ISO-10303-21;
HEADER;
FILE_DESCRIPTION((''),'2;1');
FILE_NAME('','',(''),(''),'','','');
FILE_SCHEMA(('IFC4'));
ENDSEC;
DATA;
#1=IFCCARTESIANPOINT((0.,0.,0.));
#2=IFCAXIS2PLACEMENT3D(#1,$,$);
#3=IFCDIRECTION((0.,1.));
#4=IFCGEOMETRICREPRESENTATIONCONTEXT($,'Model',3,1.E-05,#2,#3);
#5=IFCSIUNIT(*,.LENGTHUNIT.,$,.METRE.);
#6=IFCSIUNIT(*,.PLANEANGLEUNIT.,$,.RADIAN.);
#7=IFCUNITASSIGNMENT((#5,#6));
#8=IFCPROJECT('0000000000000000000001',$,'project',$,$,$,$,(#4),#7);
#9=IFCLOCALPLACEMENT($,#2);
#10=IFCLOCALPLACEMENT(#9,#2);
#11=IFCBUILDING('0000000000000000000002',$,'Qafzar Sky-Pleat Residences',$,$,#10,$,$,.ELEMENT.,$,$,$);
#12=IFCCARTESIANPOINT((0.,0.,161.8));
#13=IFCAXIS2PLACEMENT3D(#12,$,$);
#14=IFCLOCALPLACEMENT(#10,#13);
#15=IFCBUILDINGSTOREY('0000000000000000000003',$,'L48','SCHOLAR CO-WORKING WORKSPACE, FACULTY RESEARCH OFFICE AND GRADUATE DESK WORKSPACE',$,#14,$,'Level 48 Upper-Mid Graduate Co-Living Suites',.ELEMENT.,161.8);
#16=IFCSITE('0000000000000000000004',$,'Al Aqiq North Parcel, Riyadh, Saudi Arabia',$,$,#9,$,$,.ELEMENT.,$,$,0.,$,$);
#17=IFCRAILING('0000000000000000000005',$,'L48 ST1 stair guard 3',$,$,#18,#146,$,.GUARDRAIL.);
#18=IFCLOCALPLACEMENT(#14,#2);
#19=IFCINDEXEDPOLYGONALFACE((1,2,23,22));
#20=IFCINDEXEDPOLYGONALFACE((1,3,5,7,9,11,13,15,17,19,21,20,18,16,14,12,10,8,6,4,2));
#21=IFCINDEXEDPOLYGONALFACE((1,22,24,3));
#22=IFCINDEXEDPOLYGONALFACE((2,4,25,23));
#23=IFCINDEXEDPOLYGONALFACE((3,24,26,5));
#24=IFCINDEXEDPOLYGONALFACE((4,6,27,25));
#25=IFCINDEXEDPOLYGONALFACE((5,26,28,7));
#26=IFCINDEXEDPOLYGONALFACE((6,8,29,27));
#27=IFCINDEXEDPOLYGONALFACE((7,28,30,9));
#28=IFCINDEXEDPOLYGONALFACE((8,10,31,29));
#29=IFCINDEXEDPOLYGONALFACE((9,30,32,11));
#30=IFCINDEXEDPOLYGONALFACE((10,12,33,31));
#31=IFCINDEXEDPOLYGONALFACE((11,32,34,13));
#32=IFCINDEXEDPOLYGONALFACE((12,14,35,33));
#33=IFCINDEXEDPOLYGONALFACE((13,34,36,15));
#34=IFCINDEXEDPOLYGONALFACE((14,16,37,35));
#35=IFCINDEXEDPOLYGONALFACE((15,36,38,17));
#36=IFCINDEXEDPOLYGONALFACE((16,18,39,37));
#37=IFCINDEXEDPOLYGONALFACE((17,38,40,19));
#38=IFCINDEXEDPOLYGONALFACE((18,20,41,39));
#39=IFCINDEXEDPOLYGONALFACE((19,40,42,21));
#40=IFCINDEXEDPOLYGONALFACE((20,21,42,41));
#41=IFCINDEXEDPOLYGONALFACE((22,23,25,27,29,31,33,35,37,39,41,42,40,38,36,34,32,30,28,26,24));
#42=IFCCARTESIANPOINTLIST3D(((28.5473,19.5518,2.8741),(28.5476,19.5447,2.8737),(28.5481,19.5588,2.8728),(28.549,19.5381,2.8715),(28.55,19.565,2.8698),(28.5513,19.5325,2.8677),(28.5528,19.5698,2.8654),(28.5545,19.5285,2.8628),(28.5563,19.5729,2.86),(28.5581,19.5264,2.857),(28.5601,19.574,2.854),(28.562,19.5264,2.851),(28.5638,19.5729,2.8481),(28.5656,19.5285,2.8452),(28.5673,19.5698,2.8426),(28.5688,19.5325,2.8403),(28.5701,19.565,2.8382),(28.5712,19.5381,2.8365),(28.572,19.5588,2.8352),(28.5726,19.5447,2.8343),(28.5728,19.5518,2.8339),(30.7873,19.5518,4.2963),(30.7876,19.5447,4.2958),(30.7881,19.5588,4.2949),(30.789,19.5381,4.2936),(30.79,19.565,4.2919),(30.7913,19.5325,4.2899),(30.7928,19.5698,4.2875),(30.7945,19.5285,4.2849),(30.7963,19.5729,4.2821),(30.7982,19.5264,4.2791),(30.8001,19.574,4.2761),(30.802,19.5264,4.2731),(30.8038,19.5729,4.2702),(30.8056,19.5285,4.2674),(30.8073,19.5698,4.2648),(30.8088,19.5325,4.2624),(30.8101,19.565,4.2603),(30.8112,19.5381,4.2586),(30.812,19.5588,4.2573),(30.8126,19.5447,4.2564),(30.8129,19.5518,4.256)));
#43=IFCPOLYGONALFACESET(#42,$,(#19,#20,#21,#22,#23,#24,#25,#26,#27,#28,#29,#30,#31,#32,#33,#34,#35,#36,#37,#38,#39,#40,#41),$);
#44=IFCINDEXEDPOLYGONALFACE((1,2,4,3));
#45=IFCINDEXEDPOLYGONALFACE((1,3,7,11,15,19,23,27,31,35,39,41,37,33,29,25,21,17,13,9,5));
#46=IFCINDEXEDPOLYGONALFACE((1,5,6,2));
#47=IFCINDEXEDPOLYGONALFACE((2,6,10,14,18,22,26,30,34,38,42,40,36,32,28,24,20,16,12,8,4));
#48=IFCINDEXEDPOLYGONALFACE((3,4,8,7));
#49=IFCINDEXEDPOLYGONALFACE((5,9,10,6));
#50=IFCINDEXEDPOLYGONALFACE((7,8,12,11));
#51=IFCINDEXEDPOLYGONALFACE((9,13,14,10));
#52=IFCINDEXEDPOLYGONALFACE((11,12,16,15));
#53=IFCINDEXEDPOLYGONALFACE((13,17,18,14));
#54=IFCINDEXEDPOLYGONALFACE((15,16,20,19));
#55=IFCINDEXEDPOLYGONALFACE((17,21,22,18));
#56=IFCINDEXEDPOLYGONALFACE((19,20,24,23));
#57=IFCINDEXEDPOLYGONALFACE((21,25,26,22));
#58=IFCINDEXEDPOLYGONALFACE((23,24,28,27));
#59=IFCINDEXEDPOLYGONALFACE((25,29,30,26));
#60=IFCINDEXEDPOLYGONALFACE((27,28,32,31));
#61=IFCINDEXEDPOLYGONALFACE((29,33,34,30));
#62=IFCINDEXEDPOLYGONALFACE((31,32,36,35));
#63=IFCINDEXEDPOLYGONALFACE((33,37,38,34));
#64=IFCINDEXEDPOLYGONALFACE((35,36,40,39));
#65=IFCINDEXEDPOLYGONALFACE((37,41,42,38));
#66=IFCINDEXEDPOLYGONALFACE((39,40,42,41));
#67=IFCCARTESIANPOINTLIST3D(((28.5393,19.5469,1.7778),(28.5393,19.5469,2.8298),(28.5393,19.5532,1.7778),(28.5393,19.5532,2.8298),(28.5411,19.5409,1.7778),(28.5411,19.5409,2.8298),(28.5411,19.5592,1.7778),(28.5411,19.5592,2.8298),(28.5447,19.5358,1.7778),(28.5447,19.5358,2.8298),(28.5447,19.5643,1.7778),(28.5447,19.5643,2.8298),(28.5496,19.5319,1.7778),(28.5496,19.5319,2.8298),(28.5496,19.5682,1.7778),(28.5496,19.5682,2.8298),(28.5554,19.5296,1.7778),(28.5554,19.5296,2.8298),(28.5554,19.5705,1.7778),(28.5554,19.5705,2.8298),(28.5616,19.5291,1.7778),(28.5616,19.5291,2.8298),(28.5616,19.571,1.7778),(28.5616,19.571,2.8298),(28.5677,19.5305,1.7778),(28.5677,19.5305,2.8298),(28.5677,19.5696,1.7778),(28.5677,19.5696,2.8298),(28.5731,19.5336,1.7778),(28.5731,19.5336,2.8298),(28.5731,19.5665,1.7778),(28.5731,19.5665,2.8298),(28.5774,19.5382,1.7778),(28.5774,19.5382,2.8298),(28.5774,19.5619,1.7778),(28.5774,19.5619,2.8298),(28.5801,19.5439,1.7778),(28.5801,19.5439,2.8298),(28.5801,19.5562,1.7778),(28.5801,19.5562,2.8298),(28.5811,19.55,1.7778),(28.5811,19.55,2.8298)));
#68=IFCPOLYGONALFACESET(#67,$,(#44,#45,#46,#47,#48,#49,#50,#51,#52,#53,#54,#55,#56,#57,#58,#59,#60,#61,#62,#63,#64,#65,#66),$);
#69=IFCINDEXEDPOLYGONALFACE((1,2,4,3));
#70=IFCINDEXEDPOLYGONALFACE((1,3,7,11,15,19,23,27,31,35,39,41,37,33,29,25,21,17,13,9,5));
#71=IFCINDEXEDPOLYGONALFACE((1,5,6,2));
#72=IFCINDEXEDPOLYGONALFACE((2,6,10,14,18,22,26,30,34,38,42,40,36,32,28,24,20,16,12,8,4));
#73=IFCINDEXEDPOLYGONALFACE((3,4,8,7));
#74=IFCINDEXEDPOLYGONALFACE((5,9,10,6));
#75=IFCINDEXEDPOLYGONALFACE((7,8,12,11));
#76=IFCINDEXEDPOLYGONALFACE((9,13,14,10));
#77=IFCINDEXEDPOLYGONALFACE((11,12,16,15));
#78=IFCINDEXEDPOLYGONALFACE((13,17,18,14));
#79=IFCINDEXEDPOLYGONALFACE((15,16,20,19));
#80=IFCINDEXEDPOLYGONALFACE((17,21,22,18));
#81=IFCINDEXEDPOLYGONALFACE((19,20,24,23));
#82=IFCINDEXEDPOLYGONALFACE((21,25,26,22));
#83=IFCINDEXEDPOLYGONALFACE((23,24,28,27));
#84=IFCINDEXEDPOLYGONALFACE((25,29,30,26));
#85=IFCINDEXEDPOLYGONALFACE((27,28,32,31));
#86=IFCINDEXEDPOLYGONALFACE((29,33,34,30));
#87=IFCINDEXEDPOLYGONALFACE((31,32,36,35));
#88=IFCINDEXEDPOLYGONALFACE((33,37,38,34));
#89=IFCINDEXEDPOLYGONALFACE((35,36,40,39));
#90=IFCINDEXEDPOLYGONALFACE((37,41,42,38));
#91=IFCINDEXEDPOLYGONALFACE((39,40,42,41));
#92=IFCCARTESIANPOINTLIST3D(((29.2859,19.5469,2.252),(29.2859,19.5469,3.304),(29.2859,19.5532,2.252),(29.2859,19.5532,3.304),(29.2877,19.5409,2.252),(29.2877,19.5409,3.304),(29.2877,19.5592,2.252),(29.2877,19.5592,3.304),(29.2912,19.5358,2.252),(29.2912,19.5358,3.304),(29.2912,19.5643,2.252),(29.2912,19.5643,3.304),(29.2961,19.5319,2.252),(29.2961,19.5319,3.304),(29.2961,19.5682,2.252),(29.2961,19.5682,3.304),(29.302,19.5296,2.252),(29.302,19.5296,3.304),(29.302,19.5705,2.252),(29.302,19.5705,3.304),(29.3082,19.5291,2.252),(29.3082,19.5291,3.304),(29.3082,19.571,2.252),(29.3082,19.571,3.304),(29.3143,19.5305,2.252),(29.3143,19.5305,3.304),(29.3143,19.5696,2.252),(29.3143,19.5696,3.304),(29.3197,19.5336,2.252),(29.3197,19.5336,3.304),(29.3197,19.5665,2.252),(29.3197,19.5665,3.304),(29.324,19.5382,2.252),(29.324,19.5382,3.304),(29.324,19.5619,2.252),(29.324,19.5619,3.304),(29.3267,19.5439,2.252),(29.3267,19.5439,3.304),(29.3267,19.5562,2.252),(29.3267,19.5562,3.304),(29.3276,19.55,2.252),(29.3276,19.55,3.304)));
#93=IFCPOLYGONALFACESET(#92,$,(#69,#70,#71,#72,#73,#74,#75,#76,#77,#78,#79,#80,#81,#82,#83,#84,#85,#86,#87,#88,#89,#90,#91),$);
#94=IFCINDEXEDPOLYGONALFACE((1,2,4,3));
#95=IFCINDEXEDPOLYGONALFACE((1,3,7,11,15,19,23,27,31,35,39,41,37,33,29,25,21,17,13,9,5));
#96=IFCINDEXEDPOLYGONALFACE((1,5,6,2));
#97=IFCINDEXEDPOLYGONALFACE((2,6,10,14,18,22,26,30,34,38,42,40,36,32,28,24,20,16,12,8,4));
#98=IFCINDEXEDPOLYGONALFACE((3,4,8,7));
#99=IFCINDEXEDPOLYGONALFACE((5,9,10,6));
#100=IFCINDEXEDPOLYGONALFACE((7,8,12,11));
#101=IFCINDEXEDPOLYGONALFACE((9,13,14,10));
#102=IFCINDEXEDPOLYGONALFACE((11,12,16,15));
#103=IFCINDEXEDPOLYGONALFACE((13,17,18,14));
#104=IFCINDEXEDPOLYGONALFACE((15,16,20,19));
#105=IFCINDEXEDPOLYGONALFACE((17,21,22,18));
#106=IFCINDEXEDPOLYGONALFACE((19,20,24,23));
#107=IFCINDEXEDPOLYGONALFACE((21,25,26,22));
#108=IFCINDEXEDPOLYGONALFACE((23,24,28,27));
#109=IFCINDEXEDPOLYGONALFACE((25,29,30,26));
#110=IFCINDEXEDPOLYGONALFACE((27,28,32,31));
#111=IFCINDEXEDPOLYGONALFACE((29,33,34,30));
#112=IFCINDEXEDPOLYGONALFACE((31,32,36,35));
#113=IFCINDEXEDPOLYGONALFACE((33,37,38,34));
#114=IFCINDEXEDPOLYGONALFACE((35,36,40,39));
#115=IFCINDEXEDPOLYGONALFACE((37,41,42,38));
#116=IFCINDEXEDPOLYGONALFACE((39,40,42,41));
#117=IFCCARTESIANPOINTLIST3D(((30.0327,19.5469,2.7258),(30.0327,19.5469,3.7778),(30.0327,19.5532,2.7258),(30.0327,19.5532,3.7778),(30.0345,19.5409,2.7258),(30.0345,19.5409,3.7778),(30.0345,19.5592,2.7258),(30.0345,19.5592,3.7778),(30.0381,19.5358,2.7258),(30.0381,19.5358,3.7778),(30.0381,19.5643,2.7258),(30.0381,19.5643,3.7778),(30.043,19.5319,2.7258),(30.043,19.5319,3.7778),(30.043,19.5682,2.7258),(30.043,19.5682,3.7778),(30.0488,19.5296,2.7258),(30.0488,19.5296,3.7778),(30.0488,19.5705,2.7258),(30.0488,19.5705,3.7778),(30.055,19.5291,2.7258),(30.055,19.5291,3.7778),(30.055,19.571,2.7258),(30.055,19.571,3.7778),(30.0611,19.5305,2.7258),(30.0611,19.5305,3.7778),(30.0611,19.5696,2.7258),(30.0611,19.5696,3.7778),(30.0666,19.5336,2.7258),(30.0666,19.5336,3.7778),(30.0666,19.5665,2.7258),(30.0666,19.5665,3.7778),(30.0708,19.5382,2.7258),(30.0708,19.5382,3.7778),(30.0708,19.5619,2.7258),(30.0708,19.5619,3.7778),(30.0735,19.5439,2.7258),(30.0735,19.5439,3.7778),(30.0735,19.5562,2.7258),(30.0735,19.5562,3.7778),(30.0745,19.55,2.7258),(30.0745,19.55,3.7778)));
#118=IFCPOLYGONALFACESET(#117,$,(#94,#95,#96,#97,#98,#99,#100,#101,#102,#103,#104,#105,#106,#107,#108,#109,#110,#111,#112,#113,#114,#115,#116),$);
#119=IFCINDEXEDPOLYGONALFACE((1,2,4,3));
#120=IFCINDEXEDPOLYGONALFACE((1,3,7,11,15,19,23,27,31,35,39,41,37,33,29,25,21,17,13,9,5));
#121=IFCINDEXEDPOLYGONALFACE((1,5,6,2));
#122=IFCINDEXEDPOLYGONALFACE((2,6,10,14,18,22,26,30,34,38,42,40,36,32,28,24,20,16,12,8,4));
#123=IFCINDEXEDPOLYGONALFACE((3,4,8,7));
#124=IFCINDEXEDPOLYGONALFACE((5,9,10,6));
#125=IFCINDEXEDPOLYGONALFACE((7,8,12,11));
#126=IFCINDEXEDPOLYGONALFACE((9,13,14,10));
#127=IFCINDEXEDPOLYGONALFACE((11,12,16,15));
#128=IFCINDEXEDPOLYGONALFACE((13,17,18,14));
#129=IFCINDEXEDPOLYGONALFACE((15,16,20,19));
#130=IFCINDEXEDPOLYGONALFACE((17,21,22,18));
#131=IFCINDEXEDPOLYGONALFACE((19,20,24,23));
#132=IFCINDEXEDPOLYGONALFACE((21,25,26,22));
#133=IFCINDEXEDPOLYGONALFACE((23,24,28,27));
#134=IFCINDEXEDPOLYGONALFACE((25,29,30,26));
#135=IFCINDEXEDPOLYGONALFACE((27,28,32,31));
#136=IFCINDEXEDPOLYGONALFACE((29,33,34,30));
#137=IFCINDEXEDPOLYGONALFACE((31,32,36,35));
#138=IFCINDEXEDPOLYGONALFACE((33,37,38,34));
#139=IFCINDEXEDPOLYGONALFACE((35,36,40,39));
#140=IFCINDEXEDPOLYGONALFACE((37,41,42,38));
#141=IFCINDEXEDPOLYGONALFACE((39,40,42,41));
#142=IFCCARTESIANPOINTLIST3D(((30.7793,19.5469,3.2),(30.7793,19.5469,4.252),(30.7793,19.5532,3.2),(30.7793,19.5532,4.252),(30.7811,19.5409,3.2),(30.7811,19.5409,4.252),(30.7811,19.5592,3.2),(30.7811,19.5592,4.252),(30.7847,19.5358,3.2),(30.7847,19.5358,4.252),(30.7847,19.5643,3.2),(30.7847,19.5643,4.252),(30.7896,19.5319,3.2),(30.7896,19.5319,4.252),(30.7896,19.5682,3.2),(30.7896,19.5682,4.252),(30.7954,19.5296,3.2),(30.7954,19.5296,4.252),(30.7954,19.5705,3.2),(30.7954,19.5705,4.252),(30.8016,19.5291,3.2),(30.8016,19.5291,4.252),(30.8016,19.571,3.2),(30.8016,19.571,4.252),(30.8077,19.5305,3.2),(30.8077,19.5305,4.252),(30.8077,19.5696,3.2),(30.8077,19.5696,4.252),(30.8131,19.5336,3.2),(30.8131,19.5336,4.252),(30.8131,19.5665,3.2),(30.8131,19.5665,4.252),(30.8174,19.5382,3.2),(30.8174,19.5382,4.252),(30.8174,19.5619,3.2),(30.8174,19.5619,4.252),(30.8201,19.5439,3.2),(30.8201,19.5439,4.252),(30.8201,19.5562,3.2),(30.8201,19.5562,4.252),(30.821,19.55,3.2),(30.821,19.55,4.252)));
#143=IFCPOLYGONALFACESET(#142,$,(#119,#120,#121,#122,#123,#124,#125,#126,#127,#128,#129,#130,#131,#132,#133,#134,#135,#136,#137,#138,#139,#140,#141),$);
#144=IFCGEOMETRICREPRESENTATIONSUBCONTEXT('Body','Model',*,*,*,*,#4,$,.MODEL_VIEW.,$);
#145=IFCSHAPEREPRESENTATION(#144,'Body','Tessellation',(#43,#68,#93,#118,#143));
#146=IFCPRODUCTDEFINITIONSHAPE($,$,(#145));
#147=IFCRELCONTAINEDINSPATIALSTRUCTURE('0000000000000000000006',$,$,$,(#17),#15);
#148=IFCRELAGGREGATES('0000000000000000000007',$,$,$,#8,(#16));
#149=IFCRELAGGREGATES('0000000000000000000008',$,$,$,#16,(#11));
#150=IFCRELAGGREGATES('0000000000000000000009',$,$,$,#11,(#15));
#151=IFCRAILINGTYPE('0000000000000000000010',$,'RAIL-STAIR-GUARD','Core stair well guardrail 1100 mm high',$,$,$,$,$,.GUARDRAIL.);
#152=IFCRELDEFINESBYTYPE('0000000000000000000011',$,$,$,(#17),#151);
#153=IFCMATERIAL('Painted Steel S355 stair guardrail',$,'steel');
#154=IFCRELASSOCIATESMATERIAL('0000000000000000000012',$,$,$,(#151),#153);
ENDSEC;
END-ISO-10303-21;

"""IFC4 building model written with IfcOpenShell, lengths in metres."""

from ifc_helpers import new_model, si_unit, direction, frame, origin, origin_2d, place, context, subcontext, project, spatial, circle, extrude, source, transform, mapped, material, type_object, element, save


model = new_model("IFC4")

# Units and contexts
model_context = context("Model", 3, precision=1e-05, world=origin(), true_north=direction((0.0, 1.0)))
body_context = subcontext(model_context, "Body", "Model", "MODEL_VIEW")
ifc_project = project(units=[si_unit("LENGTHUNIT", "METRE"), si_unit("PLANEANGLEUNIT", "RADIAN")], contexts=[model_context])

# Site, building, storey
site_placement = place(None, origin())
site = spatial("IfcSite", under=ifc_project, at=site_placement, Name="Al Aqiq North Parcel, Riyadh, Saudi Arabia", CompositionType="ELEMENT", RefElevation=0.0)
building_placement = place(site_placement, origin())
building = spatial("IfcBuilding", under=site, at=building_placement, Name="Qafzar Sky-Pleat Residences", CompositionType="ELEMENT")
storey_placement = place(building_placement, frame((0.0, 0.0, 161.8)))
storey = spatial("IfcBuildingStorey", under=building, at=storey_placement, Name="L48", Description="SCHOLAR CO-WORKING WORKSPACE, FACULTY RESEARCH OFFICE AND GRADUATE DESK WORKSPACE", LongName="Level 48 Upper-Mid Graduate Co-Living Suites", CompositionType="ELEMENT", Elevation=161.8)

# Railing
ifc_material_1 = material(Name="Painted Steel S355 stair guardrail", Category="steel")
railing_type_1 = type_object("IfcRailingType", Name="RAIL-STAIR-GUARD", Description="Core stair well guardrail 1100 mm high", PredefinedType="GUARDRAIL", material=ifc_material_1)
shared_shape_1 = source(origin(), body_context, "Body", "SweptSolid", [
    extrude(circle(Radius=0.0239, at=origin_2d()), frame((0.0, 0.0, 1.0762), z_axis=(0.844229, 0.0, 0.535982), x_axis=(0.0, 1.0, 0.0)), (0.0, 0.0, 1.0), 2.6533),
    extrude(circle(Radius=0.021, at=origin_2d()), origin(), (0.0, 0.0, 1.0), 1.052),
    extrude(circle(Radius=0.021, at=origin_2d()), frame((0.7466, 0.0, 0.4741)), (0.0, 0.0, 1.0), 1.052),
    extrude(circle(Radius=0.021, at=origin_2d()), frame((1.4934, 0.0, 0.948)), (0.0, 0.0, 1.0), 1.052),
    extrude(circle(Radius=0.021, at=origin_2d()), frame((2.24, 0.0, 1.4221)), (0.0, 0.0, 1.0), 1.052),
])
railing_1_placement = place(storey_placement, frame((28.5601, 19.55, 1.7778)))
element("IfcRailing", 1, at=railing_1_placement, inside=storey, type_object=railing_type_1, Name="L48 ST1 stair guard 3", PredefinedType="GUARDRAIL", context=body_context, shape_type="MappedRepresentation", body=[
    mapped(shared_shape_1, transform((0.0, 0.0, 0.0), x_axis=(1.0, 0.0, 0.0), y_axis=(0.0, 1.0, 0.0), z_axis=(0.0, 0.0, 1.0), scale=1.0)),
])

save(model, "model.ifc")
